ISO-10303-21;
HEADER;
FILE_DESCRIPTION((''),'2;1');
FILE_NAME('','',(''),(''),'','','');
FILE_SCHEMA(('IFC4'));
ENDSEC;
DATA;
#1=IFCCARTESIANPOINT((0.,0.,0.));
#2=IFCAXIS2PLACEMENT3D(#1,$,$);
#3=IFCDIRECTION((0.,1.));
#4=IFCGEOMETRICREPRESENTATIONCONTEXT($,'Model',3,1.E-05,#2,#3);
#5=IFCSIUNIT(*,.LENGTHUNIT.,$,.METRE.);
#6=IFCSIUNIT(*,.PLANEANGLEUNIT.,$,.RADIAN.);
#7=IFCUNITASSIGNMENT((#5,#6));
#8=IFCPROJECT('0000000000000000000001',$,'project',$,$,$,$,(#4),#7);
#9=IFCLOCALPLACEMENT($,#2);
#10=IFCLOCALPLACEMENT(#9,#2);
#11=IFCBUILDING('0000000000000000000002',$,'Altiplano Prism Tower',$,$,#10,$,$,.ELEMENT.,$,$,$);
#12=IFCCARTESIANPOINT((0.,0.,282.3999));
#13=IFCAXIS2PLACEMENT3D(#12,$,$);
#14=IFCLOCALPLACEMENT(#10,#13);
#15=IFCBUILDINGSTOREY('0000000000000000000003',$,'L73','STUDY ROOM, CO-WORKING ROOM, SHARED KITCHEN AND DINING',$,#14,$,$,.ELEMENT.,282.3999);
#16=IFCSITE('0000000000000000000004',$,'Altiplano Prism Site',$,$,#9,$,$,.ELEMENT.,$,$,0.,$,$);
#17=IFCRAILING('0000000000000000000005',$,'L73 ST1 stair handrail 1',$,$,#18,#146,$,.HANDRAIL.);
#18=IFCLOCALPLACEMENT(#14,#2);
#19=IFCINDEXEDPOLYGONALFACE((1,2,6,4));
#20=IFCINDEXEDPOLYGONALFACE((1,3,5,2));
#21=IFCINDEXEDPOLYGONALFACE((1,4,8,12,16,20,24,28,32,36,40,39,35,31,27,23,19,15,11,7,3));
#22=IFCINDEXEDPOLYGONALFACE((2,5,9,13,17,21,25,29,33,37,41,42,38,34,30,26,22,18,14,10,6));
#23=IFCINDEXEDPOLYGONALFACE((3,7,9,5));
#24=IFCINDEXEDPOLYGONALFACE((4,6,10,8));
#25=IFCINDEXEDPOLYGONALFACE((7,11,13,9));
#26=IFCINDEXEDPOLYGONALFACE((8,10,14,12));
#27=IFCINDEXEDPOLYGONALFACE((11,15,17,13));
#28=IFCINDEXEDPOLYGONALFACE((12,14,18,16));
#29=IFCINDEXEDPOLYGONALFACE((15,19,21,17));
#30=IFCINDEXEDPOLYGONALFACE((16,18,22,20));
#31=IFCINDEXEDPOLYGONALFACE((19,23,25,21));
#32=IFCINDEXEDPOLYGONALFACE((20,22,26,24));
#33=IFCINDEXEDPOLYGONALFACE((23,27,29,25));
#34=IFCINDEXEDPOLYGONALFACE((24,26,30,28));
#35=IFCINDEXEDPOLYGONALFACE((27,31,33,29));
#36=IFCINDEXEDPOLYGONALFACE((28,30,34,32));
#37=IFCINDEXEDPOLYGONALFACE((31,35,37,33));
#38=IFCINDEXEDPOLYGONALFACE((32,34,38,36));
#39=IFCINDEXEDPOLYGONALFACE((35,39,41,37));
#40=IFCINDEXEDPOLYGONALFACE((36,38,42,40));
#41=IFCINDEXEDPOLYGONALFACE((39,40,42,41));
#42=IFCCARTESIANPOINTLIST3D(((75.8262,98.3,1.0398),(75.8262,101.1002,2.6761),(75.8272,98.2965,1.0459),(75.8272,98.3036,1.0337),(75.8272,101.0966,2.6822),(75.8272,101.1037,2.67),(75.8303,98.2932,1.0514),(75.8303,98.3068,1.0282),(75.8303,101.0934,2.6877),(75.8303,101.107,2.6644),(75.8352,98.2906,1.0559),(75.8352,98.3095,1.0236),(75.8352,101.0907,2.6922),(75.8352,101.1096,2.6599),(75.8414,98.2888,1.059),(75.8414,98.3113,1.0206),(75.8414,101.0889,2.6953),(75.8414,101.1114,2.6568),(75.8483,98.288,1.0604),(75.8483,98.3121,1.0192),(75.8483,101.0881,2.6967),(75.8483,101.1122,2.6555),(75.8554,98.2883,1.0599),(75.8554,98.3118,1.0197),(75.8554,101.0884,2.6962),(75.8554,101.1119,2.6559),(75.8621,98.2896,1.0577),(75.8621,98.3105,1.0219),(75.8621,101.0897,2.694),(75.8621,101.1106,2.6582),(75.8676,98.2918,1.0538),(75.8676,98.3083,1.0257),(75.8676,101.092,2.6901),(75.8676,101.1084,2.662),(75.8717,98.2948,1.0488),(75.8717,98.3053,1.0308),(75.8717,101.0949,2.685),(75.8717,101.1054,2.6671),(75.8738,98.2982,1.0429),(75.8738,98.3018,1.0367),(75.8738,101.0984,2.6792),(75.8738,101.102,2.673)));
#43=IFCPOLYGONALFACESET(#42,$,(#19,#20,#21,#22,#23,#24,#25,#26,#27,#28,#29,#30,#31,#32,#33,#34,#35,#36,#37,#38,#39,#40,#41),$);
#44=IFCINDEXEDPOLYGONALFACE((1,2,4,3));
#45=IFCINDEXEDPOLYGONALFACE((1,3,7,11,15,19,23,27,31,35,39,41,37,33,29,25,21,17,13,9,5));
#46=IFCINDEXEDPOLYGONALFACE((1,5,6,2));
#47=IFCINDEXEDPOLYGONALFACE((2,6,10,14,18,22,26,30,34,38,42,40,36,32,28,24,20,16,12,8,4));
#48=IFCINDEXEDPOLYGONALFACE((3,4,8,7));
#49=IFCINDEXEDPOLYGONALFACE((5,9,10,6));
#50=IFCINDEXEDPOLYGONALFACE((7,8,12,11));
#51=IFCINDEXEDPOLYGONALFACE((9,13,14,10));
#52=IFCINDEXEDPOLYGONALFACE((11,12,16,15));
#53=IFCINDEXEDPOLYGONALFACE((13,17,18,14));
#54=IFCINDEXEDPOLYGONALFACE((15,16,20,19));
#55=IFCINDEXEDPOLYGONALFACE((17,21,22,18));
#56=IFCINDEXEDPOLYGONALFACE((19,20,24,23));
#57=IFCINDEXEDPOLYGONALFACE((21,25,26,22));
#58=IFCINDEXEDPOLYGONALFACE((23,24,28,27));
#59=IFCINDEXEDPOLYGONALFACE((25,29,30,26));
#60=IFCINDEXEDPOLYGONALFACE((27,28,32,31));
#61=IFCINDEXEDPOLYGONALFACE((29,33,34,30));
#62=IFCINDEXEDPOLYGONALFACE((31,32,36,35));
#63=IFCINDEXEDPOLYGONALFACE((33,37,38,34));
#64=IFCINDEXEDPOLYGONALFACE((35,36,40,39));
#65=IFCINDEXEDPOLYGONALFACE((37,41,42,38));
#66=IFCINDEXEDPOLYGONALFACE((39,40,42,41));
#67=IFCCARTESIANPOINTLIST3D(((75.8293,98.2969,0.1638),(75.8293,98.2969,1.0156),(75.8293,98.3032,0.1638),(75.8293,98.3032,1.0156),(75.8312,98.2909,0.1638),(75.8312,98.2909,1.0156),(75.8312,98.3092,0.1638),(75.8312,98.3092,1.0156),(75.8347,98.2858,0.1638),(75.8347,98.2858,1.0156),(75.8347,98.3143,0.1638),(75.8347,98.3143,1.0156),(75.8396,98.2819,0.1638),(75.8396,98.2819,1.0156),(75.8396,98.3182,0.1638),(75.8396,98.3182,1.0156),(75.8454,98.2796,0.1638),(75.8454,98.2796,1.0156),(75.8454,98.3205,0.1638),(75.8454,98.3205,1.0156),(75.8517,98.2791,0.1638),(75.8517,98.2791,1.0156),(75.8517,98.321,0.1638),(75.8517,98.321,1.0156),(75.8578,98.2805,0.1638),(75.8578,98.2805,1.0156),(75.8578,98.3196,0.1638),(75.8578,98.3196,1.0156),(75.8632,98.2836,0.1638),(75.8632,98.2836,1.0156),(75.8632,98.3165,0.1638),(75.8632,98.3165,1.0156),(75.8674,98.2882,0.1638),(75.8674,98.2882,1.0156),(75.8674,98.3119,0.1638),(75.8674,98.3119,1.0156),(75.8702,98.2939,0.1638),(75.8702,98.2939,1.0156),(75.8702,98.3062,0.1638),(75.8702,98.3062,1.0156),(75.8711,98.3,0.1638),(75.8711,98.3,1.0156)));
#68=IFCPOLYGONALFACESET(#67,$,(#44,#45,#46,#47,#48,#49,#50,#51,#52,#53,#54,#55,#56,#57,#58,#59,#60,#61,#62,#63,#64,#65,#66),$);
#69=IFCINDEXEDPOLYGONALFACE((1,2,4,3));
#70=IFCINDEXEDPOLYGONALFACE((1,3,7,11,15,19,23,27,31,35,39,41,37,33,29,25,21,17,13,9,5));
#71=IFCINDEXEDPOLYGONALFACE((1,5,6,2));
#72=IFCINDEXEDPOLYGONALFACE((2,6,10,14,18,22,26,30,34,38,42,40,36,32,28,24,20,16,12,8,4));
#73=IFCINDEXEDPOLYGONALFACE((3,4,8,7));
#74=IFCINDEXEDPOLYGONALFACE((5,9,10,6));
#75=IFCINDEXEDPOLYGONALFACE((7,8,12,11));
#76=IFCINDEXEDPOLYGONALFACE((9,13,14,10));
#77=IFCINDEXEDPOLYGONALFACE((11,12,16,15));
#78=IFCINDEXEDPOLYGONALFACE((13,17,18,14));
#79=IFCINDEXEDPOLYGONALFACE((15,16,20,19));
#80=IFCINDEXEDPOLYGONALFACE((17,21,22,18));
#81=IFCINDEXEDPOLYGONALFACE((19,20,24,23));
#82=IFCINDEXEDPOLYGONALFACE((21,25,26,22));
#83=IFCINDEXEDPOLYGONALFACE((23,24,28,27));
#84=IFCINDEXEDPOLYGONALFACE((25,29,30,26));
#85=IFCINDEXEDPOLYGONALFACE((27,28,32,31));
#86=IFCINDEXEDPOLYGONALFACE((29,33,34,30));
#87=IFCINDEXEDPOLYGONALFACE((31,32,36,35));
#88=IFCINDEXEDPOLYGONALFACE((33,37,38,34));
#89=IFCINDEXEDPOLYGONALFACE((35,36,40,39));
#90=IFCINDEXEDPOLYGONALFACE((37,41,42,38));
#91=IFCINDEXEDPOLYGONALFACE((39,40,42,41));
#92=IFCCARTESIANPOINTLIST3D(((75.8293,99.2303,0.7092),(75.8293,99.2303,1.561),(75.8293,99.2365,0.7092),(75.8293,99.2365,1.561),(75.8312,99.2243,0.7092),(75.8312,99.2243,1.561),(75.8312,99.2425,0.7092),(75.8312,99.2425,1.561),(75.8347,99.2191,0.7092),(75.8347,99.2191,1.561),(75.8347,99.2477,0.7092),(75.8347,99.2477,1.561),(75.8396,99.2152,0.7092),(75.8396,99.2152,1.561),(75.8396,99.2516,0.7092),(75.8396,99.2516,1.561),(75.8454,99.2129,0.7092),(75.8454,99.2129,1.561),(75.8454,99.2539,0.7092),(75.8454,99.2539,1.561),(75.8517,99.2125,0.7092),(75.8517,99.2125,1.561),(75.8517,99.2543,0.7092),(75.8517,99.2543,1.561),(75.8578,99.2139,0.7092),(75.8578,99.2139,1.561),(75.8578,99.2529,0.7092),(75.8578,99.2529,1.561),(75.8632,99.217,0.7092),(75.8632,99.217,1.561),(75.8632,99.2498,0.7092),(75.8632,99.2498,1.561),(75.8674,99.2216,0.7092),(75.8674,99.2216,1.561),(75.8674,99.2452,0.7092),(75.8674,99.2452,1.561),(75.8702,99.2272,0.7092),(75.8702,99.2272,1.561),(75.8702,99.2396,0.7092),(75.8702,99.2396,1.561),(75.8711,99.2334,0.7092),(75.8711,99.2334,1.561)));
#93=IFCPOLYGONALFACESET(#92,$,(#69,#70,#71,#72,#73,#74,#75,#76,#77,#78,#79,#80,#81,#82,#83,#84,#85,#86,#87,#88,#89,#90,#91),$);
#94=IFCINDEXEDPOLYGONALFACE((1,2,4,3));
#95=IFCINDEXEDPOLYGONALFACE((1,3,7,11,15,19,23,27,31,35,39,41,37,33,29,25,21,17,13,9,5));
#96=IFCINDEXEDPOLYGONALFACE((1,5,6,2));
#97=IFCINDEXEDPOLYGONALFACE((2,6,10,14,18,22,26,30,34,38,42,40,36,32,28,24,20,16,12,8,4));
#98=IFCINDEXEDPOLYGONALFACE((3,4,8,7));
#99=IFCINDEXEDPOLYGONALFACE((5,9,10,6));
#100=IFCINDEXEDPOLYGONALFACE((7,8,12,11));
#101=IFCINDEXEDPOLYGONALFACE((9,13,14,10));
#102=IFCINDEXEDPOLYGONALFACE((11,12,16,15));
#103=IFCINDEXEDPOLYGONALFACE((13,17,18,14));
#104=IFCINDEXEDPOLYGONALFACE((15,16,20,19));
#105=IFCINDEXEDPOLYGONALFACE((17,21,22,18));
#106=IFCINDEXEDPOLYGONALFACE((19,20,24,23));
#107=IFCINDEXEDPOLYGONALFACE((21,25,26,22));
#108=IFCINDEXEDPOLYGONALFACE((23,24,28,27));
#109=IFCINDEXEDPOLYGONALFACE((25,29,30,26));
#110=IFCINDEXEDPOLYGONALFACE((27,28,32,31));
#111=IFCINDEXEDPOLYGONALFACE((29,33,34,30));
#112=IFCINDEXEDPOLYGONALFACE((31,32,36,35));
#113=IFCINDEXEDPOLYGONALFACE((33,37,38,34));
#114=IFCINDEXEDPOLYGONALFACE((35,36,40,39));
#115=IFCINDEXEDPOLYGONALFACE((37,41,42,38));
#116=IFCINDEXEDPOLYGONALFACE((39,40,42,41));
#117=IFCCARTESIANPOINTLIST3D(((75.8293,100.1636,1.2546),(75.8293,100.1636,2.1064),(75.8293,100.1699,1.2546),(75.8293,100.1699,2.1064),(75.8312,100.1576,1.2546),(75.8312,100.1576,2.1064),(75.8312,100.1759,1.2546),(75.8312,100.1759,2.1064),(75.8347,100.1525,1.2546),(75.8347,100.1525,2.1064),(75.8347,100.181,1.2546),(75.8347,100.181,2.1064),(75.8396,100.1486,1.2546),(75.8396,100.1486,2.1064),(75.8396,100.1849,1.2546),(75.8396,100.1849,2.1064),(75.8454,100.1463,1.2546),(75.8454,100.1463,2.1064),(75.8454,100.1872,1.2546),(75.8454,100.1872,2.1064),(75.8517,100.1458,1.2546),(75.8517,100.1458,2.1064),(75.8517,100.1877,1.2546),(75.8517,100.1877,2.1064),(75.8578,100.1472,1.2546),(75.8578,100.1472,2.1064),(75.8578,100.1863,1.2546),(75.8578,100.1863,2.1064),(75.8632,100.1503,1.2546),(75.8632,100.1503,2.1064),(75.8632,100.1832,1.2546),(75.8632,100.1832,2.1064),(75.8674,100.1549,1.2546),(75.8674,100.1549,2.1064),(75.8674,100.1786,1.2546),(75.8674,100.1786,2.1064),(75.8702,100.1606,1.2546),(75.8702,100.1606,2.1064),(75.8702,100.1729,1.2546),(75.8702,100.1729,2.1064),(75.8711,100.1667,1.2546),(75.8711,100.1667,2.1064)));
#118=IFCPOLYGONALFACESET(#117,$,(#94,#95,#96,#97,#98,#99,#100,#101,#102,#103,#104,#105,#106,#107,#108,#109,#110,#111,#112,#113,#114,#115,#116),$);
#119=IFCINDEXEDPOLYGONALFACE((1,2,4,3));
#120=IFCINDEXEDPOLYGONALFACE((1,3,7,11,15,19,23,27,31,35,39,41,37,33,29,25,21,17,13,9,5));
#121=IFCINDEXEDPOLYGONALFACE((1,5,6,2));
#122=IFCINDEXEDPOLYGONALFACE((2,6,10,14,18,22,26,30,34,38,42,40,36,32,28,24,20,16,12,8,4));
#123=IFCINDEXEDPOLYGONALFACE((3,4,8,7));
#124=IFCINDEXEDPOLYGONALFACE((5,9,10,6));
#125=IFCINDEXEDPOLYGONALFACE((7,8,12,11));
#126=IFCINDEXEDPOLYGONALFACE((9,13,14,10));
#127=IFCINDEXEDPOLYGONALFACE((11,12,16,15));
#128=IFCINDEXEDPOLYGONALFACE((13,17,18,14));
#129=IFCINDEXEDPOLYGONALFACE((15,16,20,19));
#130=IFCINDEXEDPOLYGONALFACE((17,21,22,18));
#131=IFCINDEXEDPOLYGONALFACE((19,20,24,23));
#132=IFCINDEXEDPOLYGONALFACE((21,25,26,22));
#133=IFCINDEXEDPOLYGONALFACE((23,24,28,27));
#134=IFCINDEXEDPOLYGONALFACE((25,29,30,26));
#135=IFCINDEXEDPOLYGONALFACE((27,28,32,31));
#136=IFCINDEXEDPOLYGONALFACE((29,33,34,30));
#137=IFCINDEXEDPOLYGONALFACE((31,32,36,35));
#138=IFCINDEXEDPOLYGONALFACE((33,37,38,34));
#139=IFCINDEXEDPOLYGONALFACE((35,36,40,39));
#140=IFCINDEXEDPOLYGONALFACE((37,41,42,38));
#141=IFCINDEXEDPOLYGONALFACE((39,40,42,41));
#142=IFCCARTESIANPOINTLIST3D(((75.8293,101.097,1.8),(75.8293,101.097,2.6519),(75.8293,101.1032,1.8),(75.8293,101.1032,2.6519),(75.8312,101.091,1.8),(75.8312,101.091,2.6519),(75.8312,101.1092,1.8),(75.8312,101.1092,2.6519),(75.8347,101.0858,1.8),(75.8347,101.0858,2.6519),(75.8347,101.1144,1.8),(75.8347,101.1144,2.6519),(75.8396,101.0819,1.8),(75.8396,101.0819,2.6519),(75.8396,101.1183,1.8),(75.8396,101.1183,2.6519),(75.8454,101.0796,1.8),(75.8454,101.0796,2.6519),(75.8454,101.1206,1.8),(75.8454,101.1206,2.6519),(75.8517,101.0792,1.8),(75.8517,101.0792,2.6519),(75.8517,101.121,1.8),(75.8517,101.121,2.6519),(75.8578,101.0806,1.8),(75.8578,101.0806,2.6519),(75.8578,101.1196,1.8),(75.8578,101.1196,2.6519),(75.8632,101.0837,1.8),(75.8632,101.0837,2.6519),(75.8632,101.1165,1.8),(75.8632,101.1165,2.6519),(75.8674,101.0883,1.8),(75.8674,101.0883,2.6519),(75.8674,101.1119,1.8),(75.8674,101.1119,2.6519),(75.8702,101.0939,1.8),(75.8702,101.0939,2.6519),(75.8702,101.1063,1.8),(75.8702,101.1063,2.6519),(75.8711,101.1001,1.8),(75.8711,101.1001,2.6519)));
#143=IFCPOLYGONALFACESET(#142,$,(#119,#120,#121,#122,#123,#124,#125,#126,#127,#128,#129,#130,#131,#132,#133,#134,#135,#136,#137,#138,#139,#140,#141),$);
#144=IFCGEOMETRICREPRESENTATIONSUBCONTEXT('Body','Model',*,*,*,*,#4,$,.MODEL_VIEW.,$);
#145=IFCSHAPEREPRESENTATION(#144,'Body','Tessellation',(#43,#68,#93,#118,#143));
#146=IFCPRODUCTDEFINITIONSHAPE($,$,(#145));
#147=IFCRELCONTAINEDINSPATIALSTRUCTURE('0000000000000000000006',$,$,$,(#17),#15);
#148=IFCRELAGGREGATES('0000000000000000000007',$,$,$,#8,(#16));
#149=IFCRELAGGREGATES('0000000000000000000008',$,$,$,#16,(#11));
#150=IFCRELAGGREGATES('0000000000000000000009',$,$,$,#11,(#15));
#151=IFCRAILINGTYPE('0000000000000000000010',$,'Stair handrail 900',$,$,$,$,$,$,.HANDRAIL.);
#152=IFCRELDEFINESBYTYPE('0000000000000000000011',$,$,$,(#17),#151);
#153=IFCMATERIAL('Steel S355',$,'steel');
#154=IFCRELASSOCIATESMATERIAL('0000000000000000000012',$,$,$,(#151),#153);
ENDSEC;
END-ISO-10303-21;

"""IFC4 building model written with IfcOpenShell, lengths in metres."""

from ifc_helpers import new_model, si_unit, direction, frame, origin, origin_2d, place, context, subcontext, project, spatial, circle, extrude, material, type_object, element, save


model = new_model("IFC4")

# Units and contexts
model_context = context("Model", 3, precision=1e-05, world=origin(), true_north=direction((0.0, 1.0)))
body_context = subcontext(model_context, "Body", "Model", "MODEL_VIEW")
ifc_project = project(units=[si_unit("LENGTHUNIT", "METRE"), si_unit("PLANEANGLEUNIT", "RADIAN")], contexts=[model_context])

# Site, building, storey
site_placement = place(None, origin())
site = spatial("IfcSite", under=ifc_project, at=site_placement, Name="Altiplano Prism Site", CompositionType="ELEMENT", RefElevation=0.0)
building_placement = place(site_placement, origin())
building = spatial("IfcBuilding", under=site, at=building_placement, Name="Altiplano Prism Tower", CompositionType="ELEMENT")
storey_placement = place(building_placement, frame((0.0, 0.0, 282.3999)))
storey = spatial("IfcBuildingStorey", under=building, at=storey_placement, Name="L73", Description="STUDY ROOM, CO-WORKING ROOM, SHARED KITCHEN AND DINING", CompositionType="ELEMENT", Elevation=282.3999)

# Shared definitions
ifc_material_1 = material(Name="Steel S355", Category="steel")

# Railing
railing_type_1 = type_object("IfcRailingType", Name="Stair handrail 900", PredefinedType="HANDRAIL", material=ifc_material_1)
railing_1_placement = place(storey_placement, frame((75.8501, 98.3, 0.1638)))
element("IfcRailing", 1, at=railing_1_placement, inside=storey, type_object=railing_type_1, Name="L73 ST1 stair handrail 1", PredefinedType="HANDRAIL", context=body_context, shape_type="SweptSolid", body=[
    extrude(circle(Radius=0.0239, at=origin_2d()), frame((0.0, 0.0, 0.876), z_axis=(0.0, 0.863394, 0.504531), x_axis=(-1.0, 0.0, 0.0)), (0.0, 0.0, 1.0), 3.2432),
    extrude(circle(Radius=0.021, at=origin_2d()), origin(), (0.0, 0.0, 1.0), 0.8518),
    extrude(circle(Radius=0.021, at=origin_2d()), frame((0.0, 0.9333, 0.5454)), (0.0, 0.0, 1.0), 0.8518),
    extrude(circle(Radius=0.021, at=origin_2d()), frame((0.0, 1.8667, 1.0908)), (0.0, 0.0, 1.0), 0.8518),
    extrude(circle(Radius=0.021, at=origin_2d()), frame((0.0, 2.8, 1.6362)), (0.0, 0.0, 1.0), 0.8518),
])

save(model, "model.ifc")
